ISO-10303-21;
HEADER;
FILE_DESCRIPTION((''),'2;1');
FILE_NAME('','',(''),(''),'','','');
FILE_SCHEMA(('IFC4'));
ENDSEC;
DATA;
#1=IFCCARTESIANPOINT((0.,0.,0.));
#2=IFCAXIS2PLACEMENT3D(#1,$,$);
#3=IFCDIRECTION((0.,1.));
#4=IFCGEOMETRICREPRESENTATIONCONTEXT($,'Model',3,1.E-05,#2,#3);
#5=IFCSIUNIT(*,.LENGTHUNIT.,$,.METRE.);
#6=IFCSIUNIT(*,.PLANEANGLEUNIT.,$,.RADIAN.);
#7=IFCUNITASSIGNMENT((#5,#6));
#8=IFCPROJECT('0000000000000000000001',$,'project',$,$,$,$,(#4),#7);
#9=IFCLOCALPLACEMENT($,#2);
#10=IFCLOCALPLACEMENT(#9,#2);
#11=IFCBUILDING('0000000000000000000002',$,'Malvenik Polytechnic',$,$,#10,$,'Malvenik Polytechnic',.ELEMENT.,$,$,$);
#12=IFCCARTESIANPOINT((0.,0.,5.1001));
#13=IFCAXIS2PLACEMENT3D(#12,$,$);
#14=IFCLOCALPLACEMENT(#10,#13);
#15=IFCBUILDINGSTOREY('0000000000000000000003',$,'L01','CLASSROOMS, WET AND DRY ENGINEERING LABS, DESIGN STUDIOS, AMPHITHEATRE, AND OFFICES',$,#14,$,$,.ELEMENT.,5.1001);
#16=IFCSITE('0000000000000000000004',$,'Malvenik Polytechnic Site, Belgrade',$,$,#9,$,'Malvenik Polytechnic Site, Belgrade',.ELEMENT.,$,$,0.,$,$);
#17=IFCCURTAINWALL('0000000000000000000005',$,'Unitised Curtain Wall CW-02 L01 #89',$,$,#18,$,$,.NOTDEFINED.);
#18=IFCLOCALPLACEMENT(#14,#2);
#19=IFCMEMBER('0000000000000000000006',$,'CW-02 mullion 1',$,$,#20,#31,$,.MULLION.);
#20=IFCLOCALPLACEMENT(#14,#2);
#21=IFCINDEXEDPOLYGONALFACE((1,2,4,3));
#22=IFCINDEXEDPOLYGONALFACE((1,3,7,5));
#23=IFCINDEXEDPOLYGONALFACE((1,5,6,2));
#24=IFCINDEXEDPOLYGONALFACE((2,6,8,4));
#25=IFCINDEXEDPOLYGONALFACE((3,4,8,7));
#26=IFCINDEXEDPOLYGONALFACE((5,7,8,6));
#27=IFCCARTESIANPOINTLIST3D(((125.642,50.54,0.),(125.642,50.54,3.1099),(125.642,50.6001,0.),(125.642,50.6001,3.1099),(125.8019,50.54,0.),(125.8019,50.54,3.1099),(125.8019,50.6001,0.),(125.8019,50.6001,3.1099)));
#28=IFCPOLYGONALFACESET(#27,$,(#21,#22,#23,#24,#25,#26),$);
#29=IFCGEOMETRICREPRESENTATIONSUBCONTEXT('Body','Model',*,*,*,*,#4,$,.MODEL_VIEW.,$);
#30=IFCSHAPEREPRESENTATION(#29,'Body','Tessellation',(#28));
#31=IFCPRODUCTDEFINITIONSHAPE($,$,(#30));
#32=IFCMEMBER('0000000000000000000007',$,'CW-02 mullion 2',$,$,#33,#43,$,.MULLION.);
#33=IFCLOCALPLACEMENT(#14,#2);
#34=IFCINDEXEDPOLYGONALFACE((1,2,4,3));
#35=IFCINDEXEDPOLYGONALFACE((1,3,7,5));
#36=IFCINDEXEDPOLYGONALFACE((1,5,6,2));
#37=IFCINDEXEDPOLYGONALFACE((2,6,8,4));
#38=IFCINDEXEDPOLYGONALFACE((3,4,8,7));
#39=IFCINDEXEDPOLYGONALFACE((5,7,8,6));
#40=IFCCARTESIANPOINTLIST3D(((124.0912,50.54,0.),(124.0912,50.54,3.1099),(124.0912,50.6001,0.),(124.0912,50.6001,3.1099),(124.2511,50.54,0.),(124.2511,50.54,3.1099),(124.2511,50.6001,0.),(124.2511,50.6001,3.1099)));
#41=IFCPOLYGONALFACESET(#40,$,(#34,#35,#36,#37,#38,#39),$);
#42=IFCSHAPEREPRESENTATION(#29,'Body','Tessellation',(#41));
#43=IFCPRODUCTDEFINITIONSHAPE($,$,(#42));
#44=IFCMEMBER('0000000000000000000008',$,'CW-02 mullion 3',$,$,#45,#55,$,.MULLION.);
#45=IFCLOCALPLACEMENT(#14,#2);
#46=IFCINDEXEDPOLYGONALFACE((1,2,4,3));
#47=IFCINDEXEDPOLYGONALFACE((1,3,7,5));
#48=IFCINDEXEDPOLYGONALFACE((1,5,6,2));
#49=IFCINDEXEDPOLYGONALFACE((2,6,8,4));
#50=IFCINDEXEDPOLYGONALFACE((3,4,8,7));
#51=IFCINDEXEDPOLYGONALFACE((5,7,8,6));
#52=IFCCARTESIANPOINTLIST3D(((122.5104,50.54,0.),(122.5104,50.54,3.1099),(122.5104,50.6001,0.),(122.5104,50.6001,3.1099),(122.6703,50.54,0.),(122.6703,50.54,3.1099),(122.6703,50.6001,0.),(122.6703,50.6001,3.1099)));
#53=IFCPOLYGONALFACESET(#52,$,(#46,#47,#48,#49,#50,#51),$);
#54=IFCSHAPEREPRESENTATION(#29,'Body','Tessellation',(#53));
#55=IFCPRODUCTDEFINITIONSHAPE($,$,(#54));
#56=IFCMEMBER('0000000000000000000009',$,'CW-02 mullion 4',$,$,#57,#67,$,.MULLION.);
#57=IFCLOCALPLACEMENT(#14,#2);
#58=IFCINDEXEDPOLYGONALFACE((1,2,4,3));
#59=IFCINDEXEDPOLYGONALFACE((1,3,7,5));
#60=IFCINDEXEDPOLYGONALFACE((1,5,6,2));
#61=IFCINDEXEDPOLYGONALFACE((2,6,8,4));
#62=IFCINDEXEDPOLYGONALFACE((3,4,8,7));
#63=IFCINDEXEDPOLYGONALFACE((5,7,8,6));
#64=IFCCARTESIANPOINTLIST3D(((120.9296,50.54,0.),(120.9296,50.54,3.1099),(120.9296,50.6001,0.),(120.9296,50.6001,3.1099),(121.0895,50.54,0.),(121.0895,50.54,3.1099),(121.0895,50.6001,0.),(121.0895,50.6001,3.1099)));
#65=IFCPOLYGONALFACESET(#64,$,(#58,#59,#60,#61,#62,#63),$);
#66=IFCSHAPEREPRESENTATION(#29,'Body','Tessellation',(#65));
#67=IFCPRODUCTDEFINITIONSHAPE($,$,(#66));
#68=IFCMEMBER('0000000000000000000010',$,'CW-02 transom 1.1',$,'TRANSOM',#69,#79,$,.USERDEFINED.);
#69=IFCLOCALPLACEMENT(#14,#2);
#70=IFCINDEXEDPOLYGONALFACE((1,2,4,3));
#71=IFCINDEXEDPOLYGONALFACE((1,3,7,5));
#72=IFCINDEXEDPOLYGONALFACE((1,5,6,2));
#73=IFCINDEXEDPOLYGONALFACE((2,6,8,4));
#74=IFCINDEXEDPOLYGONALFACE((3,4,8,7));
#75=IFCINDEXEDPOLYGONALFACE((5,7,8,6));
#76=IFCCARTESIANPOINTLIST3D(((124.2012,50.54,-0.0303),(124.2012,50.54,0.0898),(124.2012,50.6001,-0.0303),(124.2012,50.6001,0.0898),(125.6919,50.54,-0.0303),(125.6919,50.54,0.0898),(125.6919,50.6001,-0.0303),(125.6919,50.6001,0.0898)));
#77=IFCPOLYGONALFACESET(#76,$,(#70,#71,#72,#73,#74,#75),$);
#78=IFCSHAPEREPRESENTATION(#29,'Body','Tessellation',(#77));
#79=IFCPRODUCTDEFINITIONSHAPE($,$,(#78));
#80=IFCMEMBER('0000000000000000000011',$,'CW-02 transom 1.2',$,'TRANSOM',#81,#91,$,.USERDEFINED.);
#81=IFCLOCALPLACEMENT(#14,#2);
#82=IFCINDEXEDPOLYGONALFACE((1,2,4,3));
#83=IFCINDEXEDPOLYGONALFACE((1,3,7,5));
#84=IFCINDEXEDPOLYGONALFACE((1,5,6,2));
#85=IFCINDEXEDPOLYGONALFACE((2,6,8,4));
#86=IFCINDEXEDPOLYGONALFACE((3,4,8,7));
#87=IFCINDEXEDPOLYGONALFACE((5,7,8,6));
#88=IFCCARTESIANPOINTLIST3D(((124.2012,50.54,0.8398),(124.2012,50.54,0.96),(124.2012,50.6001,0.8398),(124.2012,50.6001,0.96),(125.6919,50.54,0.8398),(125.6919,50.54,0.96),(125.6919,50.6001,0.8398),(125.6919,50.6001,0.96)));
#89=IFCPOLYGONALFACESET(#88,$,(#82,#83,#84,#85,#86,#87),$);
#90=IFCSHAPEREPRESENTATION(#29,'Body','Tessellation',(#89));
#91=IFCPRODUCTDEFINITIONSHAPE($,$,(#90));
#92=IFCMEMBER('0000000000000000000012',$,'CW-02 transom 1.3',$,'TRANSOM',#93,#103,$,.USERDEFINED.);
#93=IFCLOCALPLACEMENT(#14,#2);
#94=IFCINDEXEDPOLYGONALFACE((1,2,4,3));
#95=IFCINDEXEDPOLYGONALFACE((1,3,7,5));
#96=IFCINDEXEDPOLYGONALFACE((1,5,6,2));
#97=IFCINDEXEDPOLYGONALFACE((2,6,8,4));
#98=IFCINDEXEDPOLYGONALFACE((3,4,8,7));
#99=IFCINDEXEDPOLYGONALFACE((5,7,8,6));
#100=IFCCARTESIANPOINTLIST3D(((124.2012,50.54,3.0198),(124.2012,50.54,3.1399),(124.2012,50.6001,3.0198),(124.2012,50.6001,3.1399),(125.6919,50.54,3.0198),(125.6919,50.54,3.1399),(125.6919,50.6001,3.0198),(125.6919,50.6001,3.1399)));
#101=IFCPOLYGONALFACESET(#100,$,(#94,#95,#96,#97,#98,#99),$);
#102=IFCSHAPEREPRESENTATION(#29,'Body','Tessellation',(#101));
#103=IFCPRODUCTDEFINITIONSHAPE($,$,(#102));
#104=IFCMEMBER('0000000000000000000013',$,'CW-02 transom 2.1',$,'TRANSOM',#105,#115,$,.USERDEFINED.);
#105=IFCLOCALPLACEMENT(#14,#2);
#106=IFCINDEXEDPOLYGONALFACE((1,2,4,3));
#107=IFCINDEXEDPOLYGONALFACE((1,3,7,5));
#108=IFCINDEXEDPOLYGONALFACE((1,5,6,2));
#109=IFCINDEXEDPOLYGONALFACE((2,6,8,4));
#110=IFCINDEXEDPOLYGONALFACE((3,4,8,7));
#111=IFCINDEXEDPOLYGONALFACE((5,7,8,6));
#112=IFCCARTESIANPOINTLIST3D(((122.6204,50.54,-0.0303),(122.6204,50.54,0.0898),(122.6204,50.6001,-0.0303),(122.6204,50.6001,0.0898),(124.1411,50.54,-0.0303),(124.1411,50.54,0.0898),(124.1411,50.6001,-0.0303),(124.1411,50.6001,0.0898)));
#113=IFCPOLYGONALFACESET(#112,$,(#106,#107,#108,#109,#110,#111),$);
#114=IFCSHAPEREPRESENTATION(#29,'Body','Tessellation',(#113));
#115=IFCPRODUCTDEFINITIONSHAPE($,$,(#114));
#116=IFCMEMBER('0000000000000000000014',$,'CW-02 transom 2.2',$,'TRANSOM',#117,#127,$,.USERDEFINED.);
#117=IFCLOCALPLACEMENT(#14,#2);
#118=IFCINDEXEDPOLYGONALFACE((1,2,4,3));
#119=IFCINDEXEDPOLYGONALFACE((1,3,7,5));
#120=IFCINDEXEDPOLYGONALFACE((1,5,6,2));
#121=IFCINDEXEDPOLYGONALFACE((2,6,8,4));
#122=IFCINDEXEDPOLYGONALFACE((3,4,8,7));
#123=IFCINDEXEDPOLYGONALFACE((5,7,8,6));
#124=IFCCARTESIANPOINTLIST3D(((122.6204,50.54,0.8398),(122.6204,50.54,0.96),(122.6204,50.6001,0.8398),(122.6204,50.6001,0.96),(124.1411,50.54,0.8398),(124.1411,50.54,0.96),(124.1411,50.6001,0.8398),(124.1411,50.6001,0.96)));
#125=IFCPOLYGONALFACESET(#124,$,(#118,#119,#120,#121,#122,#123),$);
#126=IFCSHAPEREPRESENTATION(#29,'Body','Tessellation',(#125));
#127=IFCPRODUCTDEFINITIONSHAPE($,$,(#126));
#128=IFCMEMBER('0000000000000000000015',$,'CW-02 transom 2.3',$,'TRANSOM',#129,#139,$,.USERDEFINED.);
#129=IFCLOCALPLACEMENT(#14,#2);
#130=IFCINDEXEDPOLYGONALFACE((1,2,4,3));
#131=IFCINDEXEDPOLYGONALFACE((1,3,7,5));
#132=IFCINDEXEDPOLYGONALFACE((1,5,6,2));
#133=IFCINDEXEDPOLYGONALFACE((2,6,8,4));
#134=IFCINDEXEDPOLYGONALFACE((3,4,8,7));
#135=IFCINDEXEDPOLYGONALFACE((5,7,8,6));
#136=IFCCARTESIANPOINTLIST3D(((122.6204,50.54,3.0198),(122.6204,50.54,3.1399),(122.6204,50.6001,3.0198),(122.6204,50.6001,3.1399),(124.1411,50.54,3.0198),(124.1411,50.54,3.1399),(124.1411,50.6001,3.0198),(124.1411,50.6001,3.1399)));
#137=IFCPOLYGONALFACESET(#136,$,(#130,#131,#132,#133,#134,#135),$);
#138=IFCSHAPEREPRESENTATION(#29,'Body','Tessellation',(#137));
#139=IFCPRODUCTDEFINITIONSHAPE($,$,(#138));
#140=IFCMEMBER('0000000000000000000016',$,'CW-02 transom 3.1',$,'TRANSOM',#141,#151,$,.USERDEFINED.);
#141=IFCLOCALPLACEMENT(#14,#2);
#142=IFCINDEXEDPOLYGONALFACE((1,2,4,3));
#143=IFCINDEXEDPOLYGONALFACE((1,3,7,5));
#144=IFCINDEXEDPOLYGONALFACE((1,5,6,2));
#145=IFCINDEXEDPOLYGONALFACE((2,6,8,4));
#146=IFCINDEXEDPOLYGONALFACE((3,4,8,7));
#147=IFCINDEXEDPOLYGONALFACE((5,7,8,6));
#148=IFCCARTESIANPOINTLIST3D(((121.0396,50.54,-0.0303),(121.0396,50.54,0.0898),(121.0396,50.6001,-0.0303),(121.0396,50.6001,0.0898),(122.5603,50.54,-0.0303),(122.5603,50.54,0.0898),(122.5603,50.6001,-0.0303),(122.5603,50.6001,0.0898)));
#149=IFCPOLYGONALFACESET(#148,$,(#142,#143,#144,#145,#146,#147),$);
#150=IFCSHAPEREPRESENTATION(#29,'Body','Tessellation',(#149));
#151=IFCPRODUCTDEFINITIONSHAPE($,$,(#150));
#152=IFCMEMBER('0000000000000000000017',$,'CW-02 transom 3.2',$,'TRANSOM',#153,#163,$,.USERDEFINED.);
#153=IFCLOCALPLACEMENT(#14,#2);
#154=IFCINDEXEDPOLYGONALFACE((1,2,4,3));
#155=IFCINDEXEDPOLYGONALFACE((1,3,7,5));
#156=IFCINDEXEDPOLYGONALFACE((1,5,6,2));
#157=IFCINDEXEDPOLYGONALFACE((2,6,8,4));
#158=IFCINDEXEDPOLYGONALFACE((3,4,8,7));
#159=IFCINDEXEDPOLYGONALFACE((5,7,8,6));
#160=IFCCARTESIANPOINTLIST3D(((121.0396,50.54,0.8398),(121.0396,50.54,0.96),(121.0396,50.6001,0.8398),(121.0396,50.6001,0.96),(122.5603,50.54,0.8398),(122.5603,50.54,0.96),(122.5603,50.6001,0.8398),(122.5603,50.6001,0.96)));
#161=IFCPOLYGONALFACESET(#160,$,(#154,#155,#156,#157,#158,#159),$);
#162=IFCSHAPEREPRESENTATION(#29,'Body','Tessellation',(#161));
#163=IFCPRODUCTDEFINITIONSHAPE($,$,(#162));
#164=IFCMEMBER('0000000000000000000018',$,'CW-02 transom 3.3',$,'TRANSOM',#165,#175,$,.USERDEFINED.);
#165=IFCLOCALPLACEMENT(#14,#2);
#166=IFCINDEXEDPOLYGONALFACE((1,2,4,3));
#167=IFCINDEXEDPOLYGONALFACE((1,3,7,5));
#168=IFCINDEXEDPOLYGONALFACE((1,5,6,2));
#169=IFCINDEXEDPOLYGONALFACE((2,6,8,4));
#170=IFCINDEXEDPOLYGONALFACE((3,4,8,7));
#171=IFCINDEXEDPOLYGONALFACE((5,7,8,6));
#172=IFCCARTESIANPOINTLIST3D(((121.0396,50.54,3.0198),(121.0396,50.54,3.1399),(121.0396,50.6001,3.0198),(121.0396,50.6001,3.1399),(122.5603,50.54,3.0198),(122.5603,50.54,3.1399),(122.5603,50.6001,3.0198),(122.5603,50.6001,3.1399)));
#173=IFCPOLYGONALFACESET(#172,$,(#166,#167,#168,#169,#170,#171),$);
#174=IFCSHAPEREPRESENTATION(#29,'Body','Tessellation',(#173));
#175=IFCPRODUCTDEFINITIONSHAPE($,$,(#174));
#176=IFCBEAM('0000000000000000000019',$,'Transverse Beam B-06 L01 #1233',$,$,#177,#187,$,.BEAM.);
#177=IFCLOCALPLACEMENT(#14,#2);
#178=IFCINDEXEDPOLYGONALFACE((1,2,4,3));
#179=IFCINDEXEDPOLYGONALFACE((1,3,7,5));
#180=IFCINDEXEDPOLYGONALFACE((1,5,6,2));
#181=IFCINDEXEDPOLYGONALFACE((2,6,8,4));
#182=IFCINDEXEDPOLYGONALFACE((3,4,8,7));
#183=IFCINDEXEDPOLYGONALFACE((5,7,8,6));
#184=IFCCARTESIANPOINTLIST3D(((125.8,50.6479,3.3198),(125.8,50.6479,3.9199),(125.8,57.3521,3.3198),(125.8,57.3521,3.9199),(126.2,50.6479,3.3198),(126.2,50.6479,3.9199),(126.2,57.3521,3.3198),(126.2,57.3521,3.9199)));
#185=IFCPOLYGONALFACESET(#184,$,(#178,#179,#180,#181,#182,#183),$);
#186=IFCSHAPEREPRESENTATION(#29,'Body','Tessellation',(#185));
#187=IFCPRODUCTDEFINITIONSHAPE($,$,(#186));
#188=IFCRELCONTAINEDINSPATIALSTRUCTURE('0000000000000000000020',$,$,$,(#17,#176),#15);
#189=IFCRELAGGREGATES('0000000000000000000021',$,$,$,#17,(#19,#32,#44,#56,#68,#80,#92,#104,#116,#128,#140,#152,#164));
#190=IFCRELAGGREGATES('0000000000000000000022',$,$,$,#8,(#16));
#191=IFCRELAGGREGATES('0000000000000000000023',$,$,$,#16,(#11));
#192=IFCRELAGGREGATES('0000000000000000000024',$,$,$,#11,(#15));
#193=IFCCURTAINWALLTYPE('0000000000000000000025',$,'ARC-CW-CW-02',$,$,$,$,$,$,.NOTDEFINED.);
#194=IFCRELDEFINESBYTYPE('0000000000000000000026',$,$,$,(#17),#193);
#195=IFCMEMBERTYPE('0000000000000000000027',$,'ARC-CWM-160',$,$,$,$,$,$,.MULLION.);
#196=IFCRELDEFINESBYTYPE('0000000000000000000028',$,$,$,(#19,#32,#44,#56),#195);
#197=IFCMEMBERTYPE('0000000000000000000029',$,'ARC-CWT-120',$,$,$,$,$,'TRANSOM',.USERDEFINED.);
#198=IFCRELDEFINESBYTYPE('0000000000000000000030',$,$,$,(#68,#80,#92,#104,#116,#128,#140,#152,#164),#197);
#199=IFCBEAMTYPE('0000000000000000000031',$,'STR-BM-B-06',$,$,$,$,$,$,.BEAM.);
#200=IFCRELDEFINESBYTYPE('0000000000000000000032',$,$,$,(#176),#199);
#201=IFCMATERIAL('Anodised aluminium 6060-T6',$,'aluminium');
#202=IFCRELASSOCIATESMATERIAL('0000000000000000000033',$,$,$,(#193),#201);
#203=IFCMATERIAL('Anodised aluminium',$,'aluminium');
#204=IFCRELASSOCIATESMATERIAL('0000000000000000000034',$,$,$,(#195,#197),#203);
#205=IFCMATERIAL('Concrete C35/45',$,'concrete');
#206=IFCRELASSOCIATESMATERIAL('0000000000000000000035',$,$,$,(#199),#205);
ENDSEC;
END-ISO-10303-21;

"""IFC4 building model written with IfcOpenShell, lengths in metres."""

from ifc_helpers import new_model, si_unit, direction, frame, origin, origin_2d, place, context, subcontext, project, spatial, rectangle, extrude, material, material_profile, profile_set, type_object, element, aggregate, save


model = new_model("IFC4")

# Units and contexts
model_context = context("Model", 3, precision=1e-05, world=origin(), true_north=direction((0.0, 1.0)))
body_context = subcontext(model_context, "Body", "Model", "MODEL_VIEW")
ifc_project = project(units=[si_unit("LENGTHUNIT", "METRE"), si_unit("PLANEANGLEUNIT", "RADIAN")], contexts=[model_context])

# Site, building, storey
site_placement = place(None, origin())
site = spatial("IfcSite", under=ifc_project, at=site_placement, Name="Malvenik Polytechnic Site, Belgrade", LongName="Malvenik Polytechnic Site, Belgrade", CompositionType="ELEMENT", RefElevation=0.0)
building_placement = place(site_placement, origin())
building = spatial("IfcBuilding", under=site, at=building_placement, Name="Malvenik Polytechnic", LongName="Malvenik Polytechnic", CompositionType="ELEMENT")
storey_placement = place(building_placement, frame((0.0, 0.0, 5.1001)))
storey = spatial("IfcBuildingStorey", under=building, at=storey_placement, Name="L01", Description="CLASSROOMS, WET AND DRY ENGINEERING LABS, DESIGN STUDIOS, AMPHITHEATRE, AND OFFICES", CompositionType="ELEMENT", Elevation=5.1001)

# Curtain wall, members
ifc_material_1 = material(Name="Anodised aluminium 6060-T6", Category="aluminium")
curtain_wall_type = type_object("IfcCurtainWallType", Name="ARC-CW-CW-02", PredefinedType="NOTDEFINED", material=ifc_material_1)
curtain_wall_placement = place(storey_placement, origin())
curtain_wall = element("IfcCurtainWall", 1, at=curtain_wall_placement, inside=storey, type_object=curtain_wall_type, Name="Unitised Curtain Wall CW-02 L01 #89", PredefinedType="NOTDEFINED")
ifc_material_2 = material(Name="Anodised aluminium", Category="aluminium")
ifc_material_profile_1 = material_profile(ifc_material_2, rectangle(XDim=0.0601, YDim=0.1599, at=origin_2d()), Name="ALU MULLION 60x160")
ifc_profile_set_1 = profile_set([ifc_material_profile_1], Name="Anodised aluminium")
member_type_1 = type_object("IfcMemberType", Name="ARC-CWM-160", PredefinedType="MULLION", material=ifc_profile_set_1)
member_1_placement = place(storey_placement, frame((125.7219, 50.5701, 0.0), z_axis=(0.0, 0.0, 1.0), x_axis=(0.0, -1.0, 0.0)))
member_1 = element("IfcMember", 2, at=member_1_placement, type_object=member_type_1, Name="CW-02 mullion 1", PredefinedType="MULLION", context=body_context, shape_type="SweptSolid", body=[
    extrude(rectangle(XDim=0.0601, YDim=0.1599, at=origin_2d()), origin(), (0.0, 0.0, 1.0), 3.1099),
])
member_2_placement = place(storey_placement, frame((124.1711, 50.5701, 0.0), z_axis=(0.0, 0.0, 1.0), x_axis=(0.0, -1.0, 0.0)))
member_2 = element("IfcMember", 3, at=member_2_placement, type_object=member_type_1, Name="CW-02 mullion 2", PredefinedType="MULLION", context=body_context, shape_type="SweptSolid", body=[
    extrude(rectangle(XDim=0.0601, YDim=0.1599, at=origin_2d()), origin(), (0.0, 0.0, 1.0), 3.1099),
])
member_3_placement = place(storey_placement, frame((122.5903, 50.5701, 0.0), z_axis=(0.0, 0.0, 1.0), x_axis=(0.0, -1.0, 0.0)))
member_3 = element("IfcMember", 4, at=member_3_placement, type_object=member_type_1, Name="CW-02 mullion 3", PredefinedType="MULLION", context=body_context, shape_type="SweptSolid", body=[
    extrude(rectangle(XDim=0.0601, YDim=0.1599, at=origin_2d()), origin(), (0.0, 0.0, 1.0), 3.1099),
])
member_4_placement = place(storey_placement, frame((121.0095, 50.5701, 0.0), z_axis=(0.0, 0.0, 1.0), x_axis=(0.0, -1.0, 0.0)))
member_4 = element("IfcMember", 5, at=member_4_placement, type_object=member_type_1, Name="CW-02 mullion 4", PredefinedType="MULLION", context=body_context, shape_type="SweptSolid", body=[
    extrude(rectangle(XDim=0.0601, YDim=0.1599, at=origin_2d()), origin(), (0.0, 0.0, 1.0), 3.1099),
])
ifc_material_profile_2 = material_profile(ifc_material_2, rectangle(XDim=0.0601, YDim=0.1201, at=origin_2d()), Name="ALU TRANSOM 60x120")
ifc_profile_set_2 = profile_set([ifc_material_profile_2], Name="Anodised aluminium")
member_type_2 = type_object("IfcMemberType", Name="ARC-CWT-120", ElementType="TRANSOM", PredefinedType="USERDEFINED", material=ifc_profile_set_2)
member_5_placement = place(storey_placement, frame((125.6919, 50.5701, 0.0298), z_axis=(-1.0, 0.0, 0.0), x_axis=(0.0, -1.0, 0.0)))
member_5 = element("IfcMember", 6, at=member_5_placement, type_object=member_type_2, Name="CW-02 transom 1.1", ObjectType="TRANSOM", PredefinedType="USERDEFINED", context=body_context, shape_type="SweptSolid", body=[
    extrude(rectangle(XDim=0.0601, YDim=0.1201, at=origin_2d()), origin(), (0.0, 0.0, 1.0), 1.4907),
])
member_6_placement = place(storey_placement, frame((125.6919, 50.5701, 0.8999), z_axis=(-1.0, 0.0, 0.0), x_axis=(0.0, -1.0, 0.0)))
member_6 = element("IfcMember", 7, at=member_6_placement, type_object=member_type_2, Name="CW-02 transom 1.2", ObjectType="TRANSOM", PredefinedType="USERDEFINED", context=body_context, shape_type="SweptSolid", body=[
    extrude(rectangle(XDim=0.0601, YDim=0.1201, at=origin_2d()), origin(), (0.0, 0.0, 1.0), 1.4907),
])
member_7_placement = place(storey_placement, frame((125.6919, 50.5701, 3.0798), z_axis=(-1.0, 0.0, 0.0), x_axis=(0.0, -1.0, 0.0)))
member_7 = element("IfcMember", 8, at=member_7_placement, type_object=member_type_2, Name="CW-02 transom 1.3", ObjectType="TRANSOM", PredefinedType="USERDEFINED", context=body_context, shape_type="SweptSolid", body=[
    extrude(rectangle(XDim=0.0601, YDim=0.1201, at=origin_2d()), origin(), (0.0, 0.0, 1.0), 1.4907),
])
member_8_placement = place(storey_placement, frame((124.1411, 50.5701, 0.0298), z_axis=(-1.0, 0.0, 0.0), x_axis=(0.0, -1.0, 0.0)))
member_8 = element("IfcMember", 9, at=member_8_placement, type_object=member_type_2, Name="CW-02 transom 2.1", ObjectType="TRANSOM", PredefinedType="USERDEFINED", context=body_context, shape_type="SweptSolid", body=[
    extrude(rectangle(XDim=0.0601, YDim=0.1201, at=origin_2d()), origin(), (0.0, 0.0, 1.0), 1.5208),
])
member_9_placement = place(storey_placement, frame((124.1411, 50.5701, 0.8999), z_axis=(-1.0, 0.0, 0.0), x_axis=(0.0, -1.0, 0.0)))
member_9 = element("IfcMember", 10, at=member_9_placement, type_object=member_type_2, Name="CW-02 transom 2.2", ObjectType="TRANSOM", PredefinedType="USERDEFINED", context=body_context, shape_type="SweptSolid", body=[
    extrude(rectangle(XDim=0.0601, YDim=0.1201, at=origin_2d()), origin(), (0.0, 0.0, 1.0), 1.5208),
])
member_10_placement = place(storey_placement, frame((124.1411, 50.5701, 3.0798), z_axis=(-1.0, 0.0, 0.0), x_axis=(0.0, -1.0, 0.0)))
member_10 = element("IfcMember", 11, at=member_10_placement, type_object=member_type_2, Name="CW-02 transom 2.3", ObjectType="TRANSOM", PredefinedType="USERDEFINED", context=body_context, shape_type="SweptSolid", body=[
    extrude(rectangle(XDim=0.0601, YDim=0.1201, at=origin_2d()), origin(), (0.0, 0.0, 1.0), 1.5208),
])
member_11_placement = place(storey_placement, frame((122.5603, 50.5701, 0.0298), z_axis=(-1.0, 0.0, 0.0), x_axis=(0.0, -1.0, 0.0)))
member_11 = element("IfcMember", 12, at=member_11_placement, type_object=member_type_2, Name="CW-02 transom 3.1", ObjectType="TRANSOM", PredefinedType="USERDEFINED", context=body_context, shape_type="SweptSolid", body=[
    extrude(rectangle(XDim=0.0601, YDim=0.1201, at=origin_2d()), origin(), (0.0, 0.0, 1.0), 1.5208),
])
member_12_placement = place(storey_placement, frame((122.5603, 50.5701, 0.8999), z_axis=(-1.0, 0.0, 0.0), x_axis=(0.0, -1.0, 0.0)))
member_12 = element("IfcMember", 13, at=member_12_placement, type_object=member_type_2, Name="CW-02 transom 3.2", ObjectType="TRANSOM", PredefinedType="USERDEFINED", context=body_context, shape_type="SweptSolid", body=[
    extrude(rectangle(XDim=0.0601, YDim=0.1201, at=origin_2d()), origin(), (0.0, 0.0, 1.0), 1.5208),
])
member_13_placement = place(storey_placement, frame((122.5603, 50.5701, 3.0798), z_axis=(-1.0, 0.0, 0.0), x_axis=(0.0, -1.0, 0.0)))
member_13 = element("IfcMember", 14, at=member_13_placement, type_object=member_type_2, Name="CW-02 transom 3.3", ObjectType="TRANSOM", PredefinedType="USERDEFINED", context=body_context, shape_type="SweptSolid", body=[
    extrude(rectangle(XDim=0.0601, YDim=0.1201, at=origin_2d()), origin(), (0.0, 0.0, 1.0), 1.5208),
])

# Beam
ifc_material_3 = material(Name="Concrete C35/45", Category="concrete")
ifc_material_profile_3 = material_profile(ifc_material_3, rectangle(XDim=0.3999, YDim=0.6001, at=origin_2d()), Name="RC BM 400x600")
ifc_profile_set_3 = profile_set([ifc_material_profile_3], Name="Concrete C35/45")
beam_type_1 = type_object("IfcBeamType", Name="STR-BM-B-06", PredefinedType="BEAM", material=ifc_profile_set_3)
beam_1_placement = place(storey_placement, frame((126.0, 50.6479, 3.6199), z_axis=(0.0, 1.0, 0.0), x_axis=(-1.0, 0.0, 0.0)))
element("IfcBeam", 15, at=beam_1_placement, inside=storey, type_object=beam_type_1, Name="Transverse Beam B-06 L01 #1233", PredefinedType="BEAM", context=body_context, shape_type="SweptSolid", body=[
    extrude(rectangle(XDim=0.3999, YDim=0.6001, at=origin_2d()), origin(), (0.0, 0.0, 1.0), 6.7041),
])

aggregate(curtain_wall, [member_1, member_2, member_3, member_4, member_5, member_6, member_7, member_8, member_9, member_10, member_11, member_12, member_13])

save(model, "model.ifc")
